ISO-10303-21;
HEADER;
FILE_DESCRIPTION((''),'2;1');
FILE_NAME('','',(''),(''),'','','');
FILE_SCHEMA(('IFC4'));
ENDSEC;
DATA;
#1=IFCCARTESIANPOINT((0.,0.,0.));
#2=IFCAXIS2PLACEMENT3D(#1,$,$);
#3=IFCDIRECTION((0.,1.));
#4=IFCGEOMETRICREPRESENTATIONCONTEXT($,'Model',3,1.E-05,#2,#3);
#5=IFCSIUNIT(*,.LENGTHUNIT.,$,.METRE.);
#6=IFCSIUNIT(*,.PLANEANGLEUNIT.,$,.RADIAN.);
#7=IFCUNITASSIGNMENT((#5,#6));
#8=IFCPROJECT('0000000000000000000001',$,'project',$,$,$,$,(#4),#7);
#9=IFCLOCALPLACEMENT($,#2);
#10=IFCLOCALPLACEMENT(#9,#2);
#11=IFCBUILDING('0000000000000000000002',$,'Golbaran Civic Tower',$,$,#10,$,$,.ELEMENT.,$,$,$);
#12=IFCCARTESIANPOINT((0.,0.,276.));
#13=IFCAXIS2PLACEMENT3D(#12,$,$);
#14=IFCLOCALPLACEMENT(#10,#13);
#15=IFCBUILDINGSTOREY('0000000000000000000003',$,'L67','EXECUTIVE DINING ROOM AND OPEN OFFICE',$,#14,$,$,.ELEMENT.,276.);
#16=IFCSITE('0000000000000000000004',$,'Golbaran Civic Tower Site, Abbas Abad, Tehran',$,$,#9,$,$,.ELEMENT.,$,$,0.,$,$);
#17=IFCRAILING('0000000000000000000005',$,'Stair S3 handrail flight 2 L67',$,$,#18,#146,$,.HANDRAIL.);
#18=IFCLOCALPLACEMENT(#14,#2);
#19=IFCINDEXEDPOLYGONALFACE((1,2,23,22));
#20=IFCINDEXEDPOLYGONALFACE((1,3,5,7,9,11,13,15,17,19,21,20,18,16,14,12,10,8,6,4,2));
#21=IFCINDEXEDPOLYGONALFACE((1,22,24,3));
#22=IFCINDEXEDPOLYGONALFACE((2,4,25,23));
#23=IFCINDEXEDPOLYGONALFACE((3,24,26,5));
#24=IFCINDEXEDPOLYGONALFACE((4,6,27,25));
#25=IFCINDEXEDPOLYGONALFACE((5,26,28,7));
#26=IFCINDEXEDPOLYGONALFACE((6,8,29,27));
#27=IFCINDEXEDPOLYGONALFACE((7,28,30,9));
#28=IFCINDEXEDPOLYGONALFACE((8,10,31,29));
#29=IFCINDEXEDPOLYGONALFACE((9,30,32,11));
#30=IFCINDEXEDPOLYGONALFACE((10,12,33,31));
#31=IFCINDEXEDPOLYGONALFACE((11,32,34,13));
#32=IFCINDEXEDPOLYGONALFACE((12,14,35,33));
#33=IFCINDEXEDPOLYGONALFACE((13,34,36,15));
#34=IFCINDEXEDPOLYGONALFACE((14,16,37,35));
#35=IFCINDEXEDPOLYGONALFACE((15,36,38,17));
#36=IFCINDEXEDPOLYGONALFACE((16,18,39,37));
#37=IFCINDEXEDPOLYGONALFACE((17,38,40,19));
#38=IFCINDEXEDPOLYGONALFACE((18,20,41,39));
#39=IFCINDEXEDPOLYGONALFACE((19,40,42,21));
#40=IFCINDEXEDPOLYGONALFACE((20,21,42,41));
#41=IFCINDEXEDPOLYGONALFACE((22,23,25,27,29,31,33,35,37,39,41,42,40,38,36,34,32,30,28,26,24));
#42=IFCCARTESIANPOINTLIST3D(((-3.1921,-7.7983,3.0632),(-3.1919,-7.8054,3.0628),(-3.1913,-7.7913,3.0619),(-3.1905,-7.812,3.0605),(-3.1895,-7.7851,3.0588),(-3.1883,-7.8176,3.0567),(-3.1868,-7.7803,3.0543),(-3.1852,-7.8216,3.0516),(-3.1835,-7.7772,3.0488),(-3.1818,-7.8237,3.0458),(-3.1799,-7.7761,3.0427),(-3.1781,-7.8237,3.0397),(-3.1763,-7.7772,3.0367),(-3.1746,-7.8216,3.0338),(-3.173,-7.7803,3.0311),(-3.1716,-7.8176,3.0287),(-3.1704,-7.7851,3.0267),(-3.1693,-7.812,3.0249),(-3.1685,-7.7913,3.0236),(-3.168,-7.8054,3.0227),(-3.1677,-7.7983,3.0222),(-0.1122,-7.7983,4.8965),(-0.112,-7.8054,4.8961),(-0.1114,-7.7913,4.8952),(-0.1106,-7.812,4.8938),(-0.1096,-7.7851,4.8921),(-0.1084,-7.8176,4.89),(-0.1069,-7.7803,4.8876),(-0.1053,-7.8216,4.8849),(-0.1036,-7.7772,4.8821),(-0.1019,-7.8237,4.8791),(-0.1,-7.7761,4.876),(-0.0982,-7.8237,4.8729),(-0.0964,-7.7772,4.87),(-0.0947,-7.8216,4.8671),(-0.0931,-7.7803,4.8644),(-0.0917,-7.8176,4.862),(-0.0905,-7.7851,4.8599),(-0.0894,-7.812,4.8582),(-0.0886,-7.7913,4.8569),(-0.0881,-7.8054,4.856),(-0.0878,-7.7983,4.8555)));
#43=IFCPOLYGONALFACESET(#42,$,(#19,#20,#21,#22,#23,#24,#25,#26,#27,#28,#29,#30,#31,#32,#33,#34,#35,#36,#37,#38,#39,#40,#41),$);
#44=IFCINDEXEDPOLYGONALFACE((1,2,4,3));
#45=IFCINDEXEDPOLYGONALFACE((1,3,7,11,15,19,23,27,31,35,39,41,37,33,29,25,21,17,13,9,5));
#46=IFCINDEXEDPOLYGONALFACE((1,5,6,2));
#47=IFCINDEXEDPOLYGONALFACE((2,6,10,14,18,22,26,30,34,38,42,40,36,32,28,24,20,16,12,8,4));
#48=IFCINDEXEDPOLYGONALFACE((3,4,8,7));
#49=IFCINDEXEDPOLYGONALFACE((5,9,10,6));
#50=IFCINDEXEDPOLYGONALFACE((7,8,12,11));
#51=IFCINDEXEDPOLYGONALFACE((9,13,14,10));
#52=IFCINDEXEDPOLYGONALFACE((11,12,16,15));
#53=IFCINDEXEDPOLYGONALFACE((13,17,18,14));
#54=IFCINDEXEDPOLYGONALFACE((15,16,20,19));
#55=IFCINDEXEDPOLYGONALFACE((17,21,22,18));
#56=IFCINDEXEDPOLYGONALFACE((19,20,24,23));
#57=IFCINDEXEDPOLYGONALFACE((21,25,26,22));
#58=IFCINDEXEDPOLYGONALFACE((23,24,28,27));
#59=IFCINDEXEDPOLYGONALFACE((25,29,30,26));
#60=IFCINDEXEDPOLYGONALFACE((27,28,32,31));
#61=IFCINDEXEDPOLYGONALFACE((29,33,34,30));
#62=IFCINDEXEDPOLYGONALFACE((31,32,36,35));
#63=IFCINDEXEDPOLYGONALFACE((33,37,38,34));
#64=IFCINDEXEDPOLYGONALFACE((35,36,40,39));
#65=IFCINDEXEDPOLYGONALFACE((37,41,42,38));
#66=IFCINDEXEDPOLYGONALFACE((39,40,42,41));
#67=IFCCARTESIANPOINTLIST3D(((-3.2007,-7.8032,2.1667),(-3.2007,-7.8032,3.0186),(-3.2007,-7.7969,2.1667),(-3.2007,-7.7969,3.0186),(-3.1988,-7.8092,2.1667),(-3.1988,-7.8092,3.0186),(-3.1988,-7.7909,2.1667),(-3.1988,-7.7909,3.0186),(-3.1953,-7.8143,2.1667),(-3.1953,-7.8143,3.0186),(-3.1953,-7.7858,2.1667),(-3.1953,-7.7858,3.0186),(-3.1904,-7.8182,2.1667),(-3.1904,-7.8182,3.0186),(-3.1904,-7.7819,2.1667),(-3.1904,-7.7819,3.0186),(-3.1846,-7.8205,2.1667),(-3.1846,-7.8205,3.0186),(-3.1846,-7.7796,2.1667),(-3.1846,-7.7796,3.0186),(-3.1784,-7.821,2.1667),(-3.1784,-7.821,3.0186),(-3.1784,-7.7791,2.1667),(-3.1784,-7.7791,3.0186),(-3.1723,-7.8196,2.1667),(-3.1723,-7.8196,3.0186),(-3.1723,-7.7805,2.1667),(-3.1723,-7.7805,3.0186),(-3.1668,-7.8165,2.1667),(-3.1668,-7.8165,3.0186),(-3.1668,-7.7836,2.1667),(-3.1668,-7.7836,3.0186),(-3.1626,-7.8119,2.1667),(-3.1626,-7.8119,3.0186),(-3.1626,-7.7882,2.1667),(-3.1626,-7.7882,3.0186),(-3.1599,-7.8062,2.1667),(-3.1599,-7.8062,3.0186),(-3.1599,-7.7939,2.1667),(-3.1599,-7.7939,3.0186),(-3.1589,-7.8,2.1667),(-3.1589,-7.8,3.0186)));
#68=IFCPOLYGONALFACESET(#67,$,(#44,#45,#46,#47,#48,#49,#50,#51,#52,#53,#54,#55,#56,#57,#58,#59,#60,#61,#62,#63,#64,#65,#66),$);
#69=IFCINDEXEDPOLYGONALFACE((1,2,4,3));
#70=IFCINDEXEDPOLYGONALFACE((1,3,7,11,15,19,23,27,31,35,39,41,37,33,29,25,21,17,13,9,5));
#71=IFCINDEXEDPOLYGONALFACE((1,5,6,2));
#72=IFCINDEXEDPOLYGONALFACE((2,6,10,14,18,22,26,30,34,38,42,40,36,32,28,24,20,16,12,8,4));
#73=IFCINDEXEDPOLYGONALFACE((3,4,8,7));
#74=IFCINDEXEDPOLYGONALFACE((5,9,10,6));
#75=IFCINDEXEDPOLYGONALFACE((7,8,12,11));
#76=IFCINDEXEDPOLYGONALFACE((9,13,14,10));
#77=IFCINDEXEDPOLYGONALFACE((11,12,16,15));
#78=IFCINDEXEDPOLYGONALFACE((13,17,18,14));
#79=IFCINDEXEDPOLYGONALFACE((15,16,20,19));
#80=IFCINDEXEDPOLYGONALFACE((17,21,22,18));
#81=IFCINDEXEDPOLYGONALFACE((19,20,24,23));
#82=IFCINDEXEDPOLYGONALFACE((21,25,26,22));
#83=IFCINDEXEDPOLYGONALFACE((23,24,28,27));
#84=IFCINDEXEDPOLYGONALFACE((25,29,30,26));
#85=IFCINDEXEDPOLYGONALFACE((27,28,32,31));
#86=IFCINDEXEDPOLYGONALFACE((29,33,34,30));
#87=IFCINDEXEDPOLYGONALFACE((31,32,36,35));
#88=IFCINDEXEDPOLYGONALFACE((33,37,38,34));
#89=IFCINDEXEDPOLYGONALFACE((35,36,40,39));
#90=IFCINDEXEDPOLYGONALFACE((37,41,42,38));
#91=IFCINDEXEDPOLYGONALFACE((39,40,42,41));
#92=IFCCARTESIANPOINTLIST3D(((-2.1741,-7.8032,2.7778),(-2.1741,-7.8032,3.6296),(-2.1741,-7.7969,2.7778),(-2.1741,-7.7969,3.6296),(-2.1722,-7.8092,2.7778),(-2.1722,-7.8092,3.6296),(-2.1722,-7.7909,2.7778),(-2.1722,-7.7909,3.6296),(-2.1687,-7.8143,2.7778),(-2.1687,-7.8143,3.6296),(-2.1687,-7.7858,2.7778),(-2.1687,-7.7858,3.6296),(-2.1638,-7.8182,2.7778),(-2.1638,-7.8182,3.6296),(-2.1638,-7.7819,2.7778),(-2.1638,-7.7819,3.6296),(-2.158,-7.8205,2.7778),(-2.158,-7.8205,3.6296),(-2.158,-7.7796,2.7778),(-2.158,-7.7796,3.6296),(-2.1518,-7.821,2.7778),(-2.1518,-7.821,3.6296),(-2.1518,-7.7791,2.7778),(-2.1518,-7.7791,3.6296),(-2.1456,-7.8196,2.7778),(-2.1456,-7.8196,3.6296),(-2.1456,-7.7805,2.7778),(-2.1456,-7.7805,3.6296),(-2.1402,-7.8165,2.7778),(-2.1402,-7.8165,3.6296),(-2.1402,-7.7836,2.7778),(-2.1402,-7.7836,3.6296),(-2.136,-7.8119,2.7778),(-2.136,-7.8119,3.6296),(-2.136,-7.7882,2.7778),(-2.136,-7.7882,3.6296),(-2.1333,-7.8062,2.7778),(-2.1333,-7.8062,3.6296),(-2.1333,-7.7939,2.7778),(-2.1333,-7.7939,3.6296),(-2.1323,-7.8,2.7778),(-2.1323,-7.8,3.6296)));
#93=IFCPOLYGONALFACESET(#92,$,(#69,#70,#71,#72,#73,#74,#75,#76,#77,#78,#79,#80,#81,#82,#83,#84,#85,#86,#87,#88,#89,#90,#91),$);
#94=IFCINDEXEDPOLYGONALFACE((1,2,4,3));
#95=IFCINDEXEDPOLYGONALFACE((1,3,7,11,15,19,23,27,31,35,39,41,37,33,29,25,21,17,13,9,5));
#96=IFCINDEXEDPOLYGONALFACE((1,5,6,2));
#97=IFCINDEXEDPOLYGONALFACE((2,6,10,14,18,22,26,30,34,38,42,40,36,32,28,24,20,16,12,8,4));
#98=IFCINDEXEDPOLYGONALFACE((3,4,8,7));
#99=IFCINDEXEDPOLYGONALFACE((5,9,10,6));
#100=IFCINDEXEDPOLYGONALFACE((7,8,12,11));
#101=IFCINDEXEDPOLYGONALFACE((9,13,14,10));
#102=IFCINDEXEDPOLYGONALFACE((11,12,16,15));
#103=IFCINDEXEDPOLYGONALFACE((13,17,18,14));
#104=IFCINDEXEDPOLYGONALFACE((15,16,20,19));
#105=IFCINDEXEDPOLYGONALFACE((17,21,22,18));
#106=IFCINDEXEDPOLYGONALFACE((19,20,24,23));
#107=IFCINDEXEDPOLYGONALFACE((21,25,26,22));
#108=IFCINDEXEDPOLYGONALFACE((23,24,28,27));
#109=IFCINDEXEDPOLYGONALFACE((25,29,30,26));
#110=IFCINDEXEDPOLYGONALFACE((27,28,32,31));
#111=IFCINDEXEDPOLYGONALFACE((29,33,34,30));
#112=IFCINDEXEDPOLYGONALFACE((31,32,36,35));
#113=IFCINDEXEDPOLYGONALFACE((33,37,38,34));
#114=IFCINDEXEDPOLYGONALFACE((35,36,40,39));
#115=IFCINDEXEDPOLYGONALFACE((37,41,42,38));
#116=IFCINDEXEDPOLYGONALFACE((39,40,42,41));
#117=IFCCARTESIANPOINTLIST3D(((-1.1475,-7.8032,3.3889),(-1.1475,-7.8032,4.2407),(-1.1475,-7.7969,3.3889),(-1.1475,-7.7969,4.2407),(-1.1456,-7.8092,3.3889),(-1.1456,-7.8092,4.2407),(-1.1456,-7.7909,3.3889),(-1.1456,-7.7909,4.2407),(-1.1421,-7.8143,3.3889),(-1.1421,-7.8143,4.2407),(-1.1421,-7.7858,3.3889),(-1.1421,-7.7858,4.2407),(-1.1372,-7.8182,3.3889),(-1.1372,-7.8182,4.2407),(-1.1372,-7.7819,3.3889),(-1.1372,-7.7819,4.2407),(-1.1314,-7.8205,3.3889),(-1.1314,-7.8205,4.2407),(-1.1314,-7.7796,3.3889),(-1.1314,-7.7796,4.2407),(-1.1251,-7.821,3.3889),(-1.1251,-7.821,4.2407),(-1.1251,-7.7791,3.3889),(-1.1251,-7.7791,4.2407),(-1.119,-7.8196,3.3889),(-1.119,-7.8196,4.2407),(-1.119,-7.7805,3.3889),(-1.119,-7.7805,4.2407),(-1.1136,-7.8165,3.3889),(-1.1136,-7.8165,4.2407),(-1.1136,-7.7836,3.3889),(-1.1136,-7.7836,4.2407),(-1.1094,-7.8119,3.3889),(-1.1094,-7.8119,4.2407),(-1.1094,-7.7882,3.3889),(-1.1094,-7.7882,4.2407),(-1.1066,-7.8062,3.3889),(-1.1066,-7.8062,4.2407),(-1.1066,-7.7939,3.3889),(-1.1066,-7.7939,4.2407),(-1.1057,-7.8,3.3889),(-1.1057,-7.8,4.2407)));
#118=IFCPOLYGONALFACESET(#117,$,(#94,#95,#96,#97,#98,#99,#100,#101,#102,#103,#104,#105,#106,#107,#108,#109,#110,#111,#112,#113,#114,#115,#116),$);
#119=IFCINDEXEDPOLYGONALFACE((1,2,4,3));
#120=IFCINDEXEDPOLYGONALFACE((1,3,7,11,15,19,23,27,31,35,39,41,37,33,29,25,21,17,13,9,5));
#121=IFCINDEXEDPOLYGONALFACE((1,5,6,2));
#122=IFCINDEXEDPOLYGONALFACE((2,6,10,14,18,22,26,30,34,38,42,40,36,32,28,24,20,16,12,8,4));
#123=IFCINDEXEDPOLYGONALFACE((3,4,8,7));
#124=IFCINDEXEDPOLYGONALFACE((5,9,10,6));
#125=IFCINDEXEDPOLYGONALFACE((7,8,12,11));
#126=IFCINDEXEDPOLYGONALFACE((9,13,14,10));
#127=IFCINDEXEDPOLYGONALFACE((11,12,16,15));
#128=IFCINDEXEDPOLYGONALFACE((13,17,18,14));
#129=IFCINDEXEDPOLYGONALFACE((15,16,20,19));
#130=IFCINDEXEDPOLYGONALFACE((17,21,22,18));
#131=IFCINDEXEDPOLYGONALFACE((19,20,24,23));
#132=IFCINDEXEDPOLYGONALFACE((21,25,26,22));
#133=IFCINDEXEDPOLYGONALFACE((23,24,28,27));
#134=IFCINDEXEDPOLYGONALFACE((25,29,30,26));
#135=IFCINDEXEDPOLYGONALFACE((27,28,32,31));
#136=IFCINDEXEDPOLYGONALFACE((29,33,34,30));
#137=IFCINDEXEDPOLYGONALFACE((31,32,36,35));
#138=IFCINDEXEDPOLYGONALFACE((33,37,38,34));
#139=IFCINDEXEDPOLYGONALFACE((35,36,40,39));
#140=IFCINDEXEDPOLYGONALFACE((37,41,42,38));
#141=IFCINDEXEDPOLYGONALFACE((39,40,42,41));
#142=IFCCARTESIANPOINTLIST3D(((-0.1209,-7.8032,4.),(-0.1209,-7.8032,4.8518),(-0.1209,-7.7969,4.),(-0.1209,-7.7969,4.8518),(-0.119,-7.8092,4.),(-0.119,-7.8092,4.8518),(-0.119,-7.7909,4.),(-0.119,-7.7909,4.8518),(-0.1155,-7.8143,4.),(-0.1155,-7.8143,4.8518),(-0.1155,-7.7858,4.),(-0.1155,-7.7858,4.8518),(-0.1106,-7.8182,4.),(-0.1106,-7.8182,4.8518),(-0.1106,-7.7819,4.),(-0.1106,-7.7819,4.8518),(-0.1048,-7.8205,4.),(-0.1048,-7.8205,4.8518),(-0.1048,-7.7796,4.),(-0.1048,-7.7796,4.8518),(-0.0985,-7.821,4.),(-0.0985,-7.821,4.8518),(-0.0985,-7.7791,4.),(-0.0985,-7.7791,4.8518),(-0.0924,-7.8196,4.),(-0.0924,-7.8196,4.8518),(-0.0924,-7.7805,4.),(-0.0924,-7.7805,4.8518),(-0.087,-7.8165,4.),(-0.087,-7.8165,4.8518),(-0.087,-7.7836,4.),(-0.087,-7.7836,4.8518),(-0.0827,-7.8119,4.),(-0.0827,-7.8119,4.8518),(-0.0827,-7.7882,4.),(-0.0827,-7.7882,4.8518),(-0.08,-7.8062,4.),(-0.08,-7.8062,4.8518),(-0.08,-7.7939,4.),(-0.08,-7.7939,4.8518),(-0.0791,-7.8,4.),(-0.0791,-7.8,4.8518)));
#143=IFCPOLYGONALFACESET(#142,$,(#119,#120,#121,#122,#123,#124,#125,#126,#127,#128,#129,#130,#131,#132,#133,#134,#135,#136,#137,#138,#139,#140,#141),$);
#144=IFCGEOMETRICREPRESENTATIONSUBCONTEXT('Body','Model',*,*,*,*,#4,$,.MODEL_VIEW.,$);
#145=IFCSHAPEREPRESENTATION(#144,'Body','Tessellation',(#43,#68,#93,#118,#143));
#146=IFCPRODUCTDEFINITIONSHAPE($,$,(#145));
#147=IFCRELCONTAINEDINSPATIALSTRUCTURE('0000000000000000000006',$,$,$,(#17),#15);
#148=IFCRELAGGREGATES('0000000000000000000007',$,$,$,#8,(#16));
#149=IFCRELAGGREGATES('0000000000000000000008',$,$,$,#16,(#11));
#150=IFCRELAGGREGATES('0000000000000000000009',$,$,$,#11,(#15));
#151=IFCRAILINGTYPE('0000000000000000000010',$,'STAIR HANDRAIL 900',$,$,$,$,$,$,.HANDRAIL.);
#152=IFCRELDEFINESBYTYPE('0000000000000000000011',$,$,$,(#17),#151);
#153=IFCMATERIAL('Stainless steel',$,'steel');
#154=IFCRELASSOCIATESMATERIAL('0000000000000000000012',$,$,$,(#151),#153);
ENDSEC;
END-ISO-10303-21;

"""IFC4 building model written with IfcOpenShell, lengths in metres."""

from ifc_helpers import new_model, si_unit, direction, frame, origin, origin_2d, place, context, subcontext, project, spatial, circle, extrude, material, type_object, element, save


model = new_model("IFC4")

# Units and contexts
model_context = context("Model", 3, precision=1e-05, world=origin(), true_north=direction((0.0, 1.0)))
body_context = subcontext(model_context, "Body", "Model", "MODEL_VIEW")
ifc_project = project(units=[si_unit("LENGTHUNIT", "METRE"), si_unit("PLANEANGLEUNIT", "RADIAN")], contexts=[model_context])

# Site, building, storey
site_placement = place(None, origin())
site = spatial("IfcSite", under=ifc_project, at=site_placement, Name="Golbaran Civic Tower Site, Abbas Abad, Tehran", CompositionType="ELEMENT", RefElevation=0.0)
building_placement = place(site_placement, origin())
building = spatial("IfcBuilding", under=site, at=building_placement, Name="Golbaran Civic Tower", CompositionType="ELEMENT")
storey_placement = place(building_placement, frame((0.0, 0.0, 276.0)))
storey = spatial("IfcBuildingStorey", under=building, at=storey_placement, Name="L67", Description="EXECUTIVE DINING ROOM AND OPEN OFFICE", CompositionType="ELEMENT", Elevation=276.0)

# Shared definitions
ifc_material_1 = material(Name="Stainless steel", Category="steel")

# Railing
railing_type = type_object("IfcRailingType", Name="STAIR HANDRAIL 900", PredefinedType="HANDRAIL", material=ifc_material_1)
railing_1_placement = place(storey_placement, frame((-3.1799, -7.8, 2.1667)))
element("IfcRailing", 1, at=railing_1_placement, inside=storey, type_object=railing_type, Name="Stair S3 handrail flight 2 L67", PredefinedType="HANDRAIL", context=body_context, shape_type="SweptSolid", body=[
    extrude(circle(Radius=0.0239, at=origin_2d()), frame((0.0, 0.0, 0.876), z_axis=(0.859291, 0.0, 0.511487), x_axis=(0.0, 1.0, 0.0)), (0.0, 0.0, 1.0), 3.5842),
    extrude(circle(Radius=0.021, at=origin_2d()), origin(), (0.0, 0.0, 1.0), 0.8518),
    extrude(circle(Radius=0.021, at=origin_2d()), frame((1.0266, 0.0, 0.6111)), (0.0, 0.0, 1.0), 0.8518),
    extrude(circle(Radius=0.021, at=origin_2d()), frame((2.0532, 0.0, 1.2222)), (0.0, 0.0, 1.0), 0.8518),
    extrude(circle(Radius=0.021, at=origin_2d()), frame((3.0798, 0.0, 1.8333)), (0.0, 0.0, 1.0), 0.8518),
])

save(model, "model.ifc")
